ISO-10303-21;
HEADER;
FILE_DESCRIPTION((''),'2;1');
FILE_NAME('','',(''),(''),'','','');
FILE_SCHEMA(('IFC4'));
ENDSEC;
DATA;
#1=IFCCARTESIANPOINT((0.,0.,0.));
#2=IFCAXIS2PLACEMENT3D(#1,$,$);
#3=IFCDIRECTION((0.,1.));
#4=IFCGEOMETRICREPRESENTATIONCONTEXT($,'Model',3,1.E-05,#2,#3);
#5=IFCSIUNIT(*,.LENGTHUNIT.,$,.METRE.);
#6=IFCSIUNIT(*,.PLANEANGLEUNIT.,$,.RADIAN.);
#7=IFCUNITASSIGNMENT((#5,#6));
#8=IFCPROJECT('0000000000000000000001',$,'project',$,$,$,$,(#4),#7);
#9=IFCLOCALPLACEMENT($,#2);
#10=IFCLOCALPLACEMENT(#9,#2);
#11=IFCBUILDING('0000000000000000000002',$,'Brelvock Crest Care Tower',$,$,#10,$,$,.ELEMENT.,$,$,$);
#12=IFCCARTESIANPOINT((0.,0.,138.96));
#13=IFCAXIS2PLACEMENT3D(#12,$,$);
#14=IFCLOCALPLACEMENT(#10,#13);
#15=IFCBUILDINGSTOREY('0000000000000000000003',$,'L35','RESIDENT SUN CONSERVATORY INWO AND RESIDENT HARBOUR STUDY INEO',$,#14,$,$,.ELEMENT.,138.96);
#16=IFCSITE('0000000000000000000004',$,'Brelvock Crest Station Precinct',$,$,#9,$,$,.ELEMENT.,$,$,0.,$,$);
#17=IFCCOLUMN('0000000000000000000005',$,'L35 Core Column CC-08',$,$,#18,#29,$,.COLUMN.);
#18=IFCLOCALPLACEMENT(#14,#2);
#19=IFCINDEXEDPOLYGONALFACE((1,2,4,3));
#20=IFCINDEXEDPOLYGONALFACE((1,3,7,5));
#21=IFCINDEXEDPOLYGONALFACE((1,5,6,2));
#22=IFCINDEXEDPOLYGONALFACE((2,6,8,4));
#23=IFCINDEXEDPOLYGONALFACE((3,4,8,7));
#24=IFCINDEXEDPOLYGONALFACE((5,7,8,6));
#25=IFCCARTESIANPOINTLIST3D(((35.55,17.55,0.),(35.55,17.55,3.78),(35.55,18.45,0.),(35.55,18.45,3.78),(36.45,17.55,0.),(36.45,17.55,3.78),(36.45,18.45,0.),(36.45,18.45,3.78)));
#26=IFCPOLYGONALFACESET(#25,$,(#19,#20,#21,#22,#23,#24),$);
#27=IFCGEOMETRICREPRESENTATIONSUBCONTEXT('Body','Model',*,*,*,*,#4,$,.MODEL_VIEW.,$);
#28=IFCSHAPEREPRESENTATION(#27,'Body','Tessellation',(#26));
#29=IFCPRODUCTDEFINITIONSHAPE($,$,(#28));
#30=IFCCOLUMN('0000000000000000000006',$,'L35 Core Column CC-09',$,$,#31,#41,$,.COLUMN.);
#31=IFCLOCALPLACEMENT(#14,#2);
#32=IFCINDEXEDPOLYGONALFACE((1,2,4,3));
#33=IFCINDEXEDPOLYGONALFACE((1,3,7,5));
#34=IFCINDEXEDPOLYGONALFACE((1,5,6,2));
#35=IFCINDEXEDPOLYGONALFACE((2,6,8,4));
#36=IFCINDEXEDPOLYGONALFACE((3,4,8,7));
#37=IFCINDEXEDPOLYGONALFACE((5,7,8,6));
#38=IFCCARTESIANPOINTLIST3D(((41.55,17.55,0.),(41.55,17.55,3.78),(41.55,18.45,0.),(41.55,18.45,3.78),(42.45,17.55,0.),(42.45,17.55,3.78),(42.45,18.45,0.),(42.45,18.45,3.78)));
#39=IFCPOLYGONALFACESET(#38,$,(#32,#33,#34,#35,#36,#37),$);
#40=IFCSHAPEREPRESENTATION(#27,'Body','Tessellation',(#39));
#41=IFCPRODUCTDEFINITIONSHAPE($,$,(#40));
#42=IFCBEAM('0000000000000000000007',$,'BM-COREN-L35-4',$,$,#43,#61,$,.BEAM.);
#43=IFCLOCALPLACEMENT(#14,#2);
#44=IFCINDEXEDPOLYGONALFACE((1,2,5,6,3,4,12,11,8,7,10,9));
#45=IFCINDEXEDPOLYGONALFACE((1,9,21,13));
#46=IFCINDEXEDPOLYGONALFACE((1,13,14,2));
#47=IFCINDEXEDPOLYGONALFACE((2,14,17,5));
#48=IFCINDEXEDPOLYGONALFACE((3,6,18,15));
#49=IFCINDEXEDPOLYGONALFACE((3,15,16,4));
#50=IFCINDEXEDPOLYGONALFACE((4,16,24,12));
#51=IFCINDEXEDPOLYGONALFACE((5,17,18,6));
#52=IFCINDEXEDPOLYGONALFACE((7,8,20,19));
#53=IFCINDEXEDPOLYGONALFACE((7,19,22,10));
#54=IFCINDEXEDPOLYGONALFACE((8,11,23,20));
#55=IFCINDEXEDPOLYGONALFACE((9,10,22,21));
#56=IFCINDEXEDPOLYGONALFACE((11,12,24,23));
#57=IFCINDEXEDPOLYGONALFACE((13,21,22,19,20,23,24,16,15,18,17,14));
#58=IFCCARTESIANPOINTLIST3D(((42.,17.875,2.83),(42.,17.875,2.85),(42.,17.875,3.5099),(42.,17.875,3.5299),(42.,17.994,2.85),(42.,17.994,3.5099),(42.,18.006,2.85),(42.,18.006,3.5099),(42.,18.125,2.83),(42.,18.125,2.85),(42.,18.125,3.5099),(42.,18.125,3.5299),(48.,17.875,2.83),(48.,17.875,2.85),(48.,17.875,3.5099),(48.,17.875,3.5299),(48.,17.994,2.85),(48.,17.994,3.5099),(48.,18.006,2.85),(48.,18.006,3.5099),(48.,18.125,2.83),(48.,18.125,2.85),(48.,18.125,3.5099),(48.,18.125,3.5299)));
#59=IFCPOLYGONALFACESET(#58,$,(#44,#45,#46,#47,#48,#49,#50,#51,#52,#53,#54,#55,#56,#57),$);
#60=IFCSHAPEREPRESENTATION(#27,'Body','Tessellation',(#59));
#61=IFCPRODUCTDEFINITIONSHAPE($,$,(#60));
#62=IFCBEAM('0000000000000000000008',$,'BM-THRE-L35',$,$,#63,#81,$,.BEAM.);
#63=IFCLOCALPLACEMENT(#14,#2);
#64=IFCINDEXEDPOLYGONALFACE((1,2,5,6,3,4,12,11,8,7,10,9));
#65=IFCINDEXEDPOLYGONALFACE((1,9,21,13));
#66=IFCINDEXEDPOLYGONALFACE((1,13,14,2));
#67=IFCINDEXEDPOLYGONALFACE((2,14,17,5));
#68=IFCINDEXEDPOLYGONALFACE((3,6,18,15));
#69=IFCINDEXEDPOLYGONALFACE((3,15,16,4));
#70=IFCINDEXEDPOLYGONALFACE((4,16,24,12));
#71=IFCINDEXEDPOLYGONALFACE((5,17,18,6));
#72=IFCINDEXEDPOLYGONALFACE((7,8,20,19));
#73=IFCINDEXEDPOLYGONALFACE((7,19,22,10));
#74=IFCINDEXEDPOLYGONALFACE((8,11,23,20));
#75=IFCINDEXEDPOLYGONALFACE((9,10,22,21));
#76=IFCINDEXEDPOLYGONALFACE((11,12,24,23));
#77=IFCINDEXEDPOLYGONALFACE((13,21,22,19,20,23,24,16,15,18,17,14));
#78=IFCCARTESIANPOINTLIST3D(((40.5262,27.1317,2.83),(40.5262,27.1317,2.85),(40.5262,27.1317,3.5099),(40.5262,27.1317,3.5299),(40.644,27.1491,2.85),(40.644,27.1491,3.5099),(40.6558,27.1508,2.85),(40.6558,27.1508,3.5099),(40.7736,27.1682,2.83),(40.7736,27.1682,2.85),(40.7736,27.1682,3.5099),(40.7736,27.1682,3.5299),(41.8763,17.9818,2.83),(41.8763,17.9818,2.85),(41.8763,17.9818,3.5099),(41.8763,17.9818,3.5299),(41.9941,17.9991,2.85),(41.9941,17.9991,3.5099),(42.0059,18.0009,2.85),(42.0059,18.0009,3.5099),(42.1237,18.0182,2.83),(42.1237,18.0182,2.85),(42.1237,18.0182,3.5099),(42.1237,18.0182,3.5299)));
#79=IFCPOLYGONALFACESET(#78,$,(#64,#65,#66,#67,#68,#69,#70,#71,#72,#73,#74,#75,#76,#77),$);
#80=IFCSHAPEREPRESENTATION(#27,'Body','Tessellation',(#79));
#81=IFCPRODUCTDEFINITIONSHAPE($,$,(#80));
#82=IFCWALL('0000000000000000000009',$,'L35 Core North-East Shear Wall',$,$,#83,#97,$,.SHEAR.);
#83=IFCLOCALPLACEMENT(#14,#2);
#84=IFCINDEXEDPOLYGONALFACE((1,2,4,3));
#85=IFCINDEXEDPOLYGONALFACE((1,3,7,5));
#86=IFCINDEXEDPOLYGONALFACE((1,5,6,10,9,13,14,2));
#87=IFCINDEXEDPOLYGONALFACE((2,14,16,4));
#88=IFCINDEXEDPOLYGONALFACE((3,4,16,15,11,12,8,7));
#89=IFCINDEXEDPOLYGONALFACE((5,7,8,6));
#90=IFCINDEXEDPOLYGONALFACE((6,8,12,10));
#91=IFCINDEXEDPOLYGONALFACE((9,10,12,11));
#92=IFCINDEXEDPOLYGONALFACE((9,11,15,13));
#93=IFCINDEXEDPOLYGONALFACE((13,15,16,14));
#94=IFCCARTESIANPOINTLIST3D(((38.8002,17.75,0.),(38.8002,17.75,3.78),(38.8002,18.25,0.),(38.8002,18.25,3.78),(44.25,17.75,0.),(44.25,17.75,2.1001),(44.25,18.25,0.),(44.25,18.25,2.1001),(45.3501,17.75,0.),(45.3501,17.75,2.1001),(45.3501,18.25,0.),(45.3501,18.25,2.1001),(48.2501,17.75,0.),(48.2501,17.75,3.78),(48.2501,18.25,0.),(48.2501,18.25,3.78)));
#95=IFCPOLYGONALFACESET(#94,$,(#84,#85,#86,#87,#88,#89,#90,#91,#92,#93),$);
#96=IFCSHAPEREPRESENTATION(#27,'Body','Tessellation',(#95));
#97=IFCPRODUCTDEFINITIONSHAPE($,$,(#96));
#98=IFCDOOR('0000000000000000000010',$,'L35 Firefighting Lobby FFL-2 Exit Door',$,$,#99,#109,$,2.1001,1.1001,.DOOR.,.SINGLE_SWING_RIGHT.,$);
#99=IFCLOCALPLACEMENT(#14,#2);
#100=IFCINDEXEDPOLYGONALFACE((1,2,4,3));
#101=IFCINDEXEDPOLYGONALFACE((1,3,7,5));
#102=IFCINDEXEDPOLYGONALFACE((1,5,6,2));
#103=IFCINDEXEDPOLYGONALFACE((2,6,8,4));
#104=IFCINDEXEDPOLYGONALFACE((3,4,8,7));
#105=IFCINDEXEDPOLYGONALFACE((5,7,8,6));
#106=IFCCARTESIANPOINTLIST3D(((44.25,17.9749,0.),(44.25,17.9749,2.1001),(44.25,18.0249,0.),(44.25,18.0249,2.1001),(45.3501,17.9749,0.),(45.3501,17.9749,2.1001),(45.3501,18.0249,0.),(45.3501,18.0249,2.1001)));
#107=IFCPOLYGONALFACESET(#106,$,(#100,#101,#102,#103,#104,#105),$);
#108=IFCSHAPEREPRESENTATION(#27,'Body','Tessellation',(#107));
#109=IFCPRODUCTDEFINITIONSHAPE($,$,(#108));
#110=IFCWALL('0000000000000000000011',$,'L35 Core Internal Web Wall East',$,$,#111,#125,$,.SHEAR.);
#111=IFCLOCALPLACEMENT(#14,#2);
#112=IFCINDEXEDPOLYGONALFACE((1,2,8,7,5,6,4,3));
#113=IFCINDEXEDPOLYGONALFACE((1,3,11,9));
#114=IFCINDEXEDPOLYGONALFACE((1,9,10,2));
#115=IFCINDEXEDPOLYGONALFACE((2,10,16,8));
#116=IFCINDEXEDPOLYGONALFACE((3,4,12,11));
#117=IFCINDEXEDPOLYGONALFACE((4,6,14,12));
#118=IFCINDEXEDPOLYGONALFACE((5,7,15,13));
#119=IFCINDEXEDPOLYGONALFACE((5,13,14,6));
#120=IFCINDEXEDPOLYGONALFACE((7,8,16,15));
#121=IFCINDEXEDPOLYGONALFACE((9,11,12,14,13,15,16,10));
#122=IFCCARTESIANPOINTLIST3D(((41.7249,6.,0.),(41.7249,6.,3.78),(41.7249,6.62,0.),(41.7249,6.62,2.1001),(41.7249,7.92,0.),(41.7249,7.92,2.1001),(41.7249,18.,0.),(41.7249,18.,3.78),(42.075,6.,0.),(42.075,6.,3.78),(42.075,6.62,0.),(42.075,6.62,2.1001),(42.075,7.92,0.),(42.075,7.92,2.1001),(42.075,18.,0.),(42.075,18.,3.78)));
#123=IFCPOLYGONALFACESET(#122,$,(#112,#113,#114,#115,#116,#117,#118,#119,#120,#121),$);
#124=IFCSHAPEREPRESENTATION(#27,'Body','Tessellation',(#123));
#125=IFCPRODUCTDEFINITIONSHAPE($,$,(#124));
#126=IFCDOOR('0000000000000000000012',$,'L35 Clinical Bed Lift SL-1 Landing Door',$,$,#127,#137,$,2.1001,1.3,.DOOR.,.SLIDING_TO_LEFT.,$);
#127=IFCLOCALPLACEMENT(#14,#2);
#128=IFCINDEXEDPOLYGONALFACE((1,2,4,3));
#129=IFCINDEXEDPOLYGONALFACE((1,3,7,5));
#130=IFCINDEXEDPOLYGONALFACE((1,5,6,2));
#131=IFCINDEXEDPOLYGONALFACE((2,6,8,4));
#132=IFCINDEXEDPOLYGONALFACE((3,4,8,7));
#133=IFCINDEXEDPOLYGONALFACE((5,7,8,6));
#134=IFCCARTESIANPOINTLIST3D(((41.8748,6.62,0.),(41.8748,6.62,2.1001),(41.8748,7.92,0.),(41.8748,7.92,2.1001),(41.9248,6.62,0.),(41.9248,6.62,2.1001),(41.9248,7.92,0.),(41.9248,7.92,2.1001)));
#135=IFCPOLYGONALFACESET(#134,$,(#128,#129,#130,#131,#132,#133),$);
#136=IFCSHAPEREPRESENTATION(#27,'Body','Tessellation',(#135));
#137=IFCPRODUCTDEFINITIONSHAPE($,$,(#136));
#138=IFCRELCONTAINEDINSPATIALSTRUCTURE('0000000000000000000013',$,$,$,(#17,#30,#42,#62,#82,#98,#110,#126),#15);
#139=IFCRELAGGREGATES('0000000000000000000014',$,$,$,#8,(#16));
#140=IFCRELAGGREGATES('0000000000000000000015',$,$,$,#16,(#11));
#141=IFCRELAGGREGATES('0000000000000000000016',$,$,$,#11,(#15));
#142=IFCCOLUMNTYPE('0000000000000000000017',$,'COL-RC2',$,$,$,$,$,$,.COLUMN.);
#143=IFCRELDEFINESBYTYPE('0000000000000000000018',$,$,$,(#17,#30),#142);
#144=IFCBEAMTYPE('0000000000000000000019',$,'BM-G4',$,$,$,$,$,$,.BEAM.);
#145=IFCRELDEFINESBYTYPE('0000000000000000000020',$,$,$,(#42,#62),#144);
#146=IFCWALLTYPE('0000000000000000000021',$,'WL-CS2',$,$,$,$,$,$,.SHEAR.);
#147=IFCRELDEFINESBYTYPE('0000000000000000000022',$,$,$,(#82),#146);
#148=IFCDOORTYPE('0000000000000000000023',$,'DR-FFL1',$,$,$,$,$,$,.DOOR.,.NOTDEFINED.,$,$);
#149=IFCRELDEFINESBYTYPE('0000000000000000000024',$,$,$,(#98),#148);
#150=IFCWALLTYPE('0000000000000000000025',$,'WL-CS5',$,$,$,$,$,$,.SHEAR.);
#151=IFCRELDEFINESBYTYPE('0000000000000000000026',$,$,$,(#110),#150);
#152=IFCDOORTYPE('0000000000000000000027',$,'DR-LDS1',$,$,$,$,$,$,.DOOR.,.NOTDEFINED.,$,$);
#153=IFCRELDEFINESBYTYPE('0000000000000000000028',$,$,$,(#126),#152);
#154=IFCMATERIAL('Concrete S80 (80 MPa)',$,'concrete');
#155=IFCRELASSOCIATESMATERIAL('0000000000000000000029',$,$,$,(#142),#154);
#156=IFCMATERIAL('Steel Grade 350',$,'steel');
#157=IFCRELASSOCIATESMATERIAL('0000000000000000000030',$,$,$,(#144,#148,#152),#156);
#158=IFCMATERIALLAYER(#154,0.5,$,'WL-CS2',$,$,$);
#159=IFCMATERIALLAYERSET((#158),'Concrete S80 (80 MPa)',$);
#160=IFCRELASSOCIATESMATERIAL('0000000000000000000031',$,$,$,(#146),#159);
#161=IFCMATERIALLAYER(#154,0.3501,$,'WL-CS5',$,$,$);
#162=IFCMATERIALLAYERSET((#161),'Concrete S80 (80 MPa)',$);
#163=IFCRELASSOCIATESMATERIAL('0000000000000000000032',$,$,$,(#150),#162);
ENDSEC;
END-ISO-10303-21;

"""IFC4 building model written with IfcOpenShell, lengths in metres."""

from ifc_helpers import new_model, si_unit, direction, frame, frame_2d, origin, origin_2d, place, context, subcontext, project, spatial, rectangle, i_section, extrude, source, transform, mapped, material, layer, layer_set, material_profile, profile_set, type_object, element, fill, save


model = new_model("IFC4")

# Units and contexts
model_context = context("Model", 3, precision=1e-05, world=origin(), true_north=direction((0.0, 1.0)))
body_context = subcontext(model_context, "Body", "Model", "MODEL_VIEW")
ifc_project = project(units=[si_unit("LENGTHUNIT", "METRE"), si_unit("PLANEANGLEUNIT", "RADIAN")], contexts=[model_context])

# Site, building, storey
site_placement = place(None, origin())
site = spatial("IfcSite", under=ifc_project, at=site_placement, Name="Brelvock Crest Station Precinct", CompositionType="ELEMENT", RefElevation=0.0)
building_placement = place(site_placement, origin())
building = spatial("IfcBuilding", under=site, at=building_placement, Name="Brelvock Crest Care Tower", CompositionType="ELEMENT")
storey_placement = place(building_placement, frame((0.0, 0.0, 138.96)))
storey = spatial("IfcBuildingStorey", under=building, at=storey_placement, Name="L35", Description="RESIDENT SUN CONSERVATORY INWO AND RESIDENT HARBOUR STUDY INEO", CompositionType="ELEMENT", Elevation=138.96)

# Columns
ifc_material_1 = material(Name="Concrete S80 (80 MPa)", Category="concrete")
ifc_material_profile_1 = material_profile(ifc_material_1, rectangle(XDim=0.8999, YDim=0.8999, at=origin_2d()), Name="RC900x900")
ifc_profile_set_1 = profile_set([ifc_material_profile_1], Name="Concrete S80 (80 MPa)")
column_type = type_object("IfcColumnType", Name="COL-RC2", PredefinedType="COLUMN", material=ifc_profile_set_1)
shared_shape_1 = source(origin(), body_context, "Body", "SweptSolid", [
    extrude(rectangle(XDim=0.8999, YDim=0.8999, at=origin_2d()), origin(), (0.0, 0.0, 1.0), 3.78),
])
for number, where, z_axis, x_axis, name in (
    (1, (36.0, 18.0, 0.0), (0.0, 0.0, 1.0), (1.0, 0.0, 0.0), "L35 Core Column CC-08"),
    (2, (42.0, 18.0, 0.0), (0.0, 0.0, 1.0), (1.0, 0.0, 0.0), "L35 Core Column CC-09"),
):
    element("IfcColumn", number, at=place(storey_placement, frame(where, z_axis=z_axis, x_axis=x_axis)), inside=storey, type_object=column_type, Name=name, PredefinedType="COLUMN", context=body_context, shape_type="MappedRepresentation", body=[
        mapped(shared_shape_1, transform((0.0, 0.0, 0.0), x_axis=(1.0, 0.0, 0.0), y_axis=(0.0, 1.0, 0.0), z_axis=(0.0, 0.0, 1.0), scale=1.0)),
    ])

# Beams
ifc_material_2 = material(Name="Steel Grade 350", Category="steel")
ifc_material_profile_2 = material_profile(ifc_material_2, i_section(OverallWidth=0.25, OverallDepth=0.7, WebThickness=0.012, FlangeThickness=0.02, at=origin_2d()), Name="700WB150")
ifc_profile_set_2 = profile_set([ifc_material_profile_2], Name="Steel Grade 350")
beam_type = type_object("IfcBeamType", Name="BM-G4", PredefinedType="BEAM", material=ifc_profile_set_2)
shared_shape_2 = source(origin(), body_context, "Body", "SweptSolid", [
    extrude(i_section(OverallWidth=0.25, OverallDepth=0.7, WebThickness=0.012, FlangeThickness=0.02, at=origin_2d()), origin(), (0.0, 0.0, 1.0), 6.0),
])
beam_1_placement = place(storey_placement, frame((42.0, 18.0, 3.1799), z_axis=(1.0, 0.0, 0.0), x_axis=(0.0, 1.0, 0.0)))
element("IfcBeam", 3, at=beam_1_placement, inside=storey, type_object=beam_type, Name="BM-COREN-L35-4", PredefinedType="BEAM", context=body_context, shape_type="MappedRepresentation", body=[
    mapped(shared_shape_2, transform((0.0, 0.0, 0.0), x_axis=(1.0, 0.0, 0.0), y_axis=(0.0, 1.0, 0.0), z_axis=(0.0, 0.0, 1.0), scale=1.0)),
])
shared_shape_3 = source(origin(), body_context, "Body", "SweptSolid", [
    extrude(i_section(OverallWidth=0.25, OverallDepth=0.7, WebThickness=0.012, FlangeThickness=0.02, at=origin_2d()), origin(), (0.0, 0.0, 1.0), 9.249),
])
beam_2_placement = place(storey_placement, frame((42.0, 18.0, 3.1799), z_axis=(-0.145973, 0.989289, 0.0), x_axis=(-0.989289, -0.145973, 0.0)))
element("IfcBeam", 4, at=beam_2_placement, inside=storey, type_object=beam_type, Name="BM-THRE-L35", PredefinedType="BEAM", context=body_context, shape_type="MappedRepresentation", body=[
    mapped(shared_shape_3, transform((0.0, 0.0, 0.0), x_axis=(1.0, 0.0, 0.0), y_axis=(0.0, 1.0, 0.0), z_axis=(0.0, 0.0, 1.0), scale=1.0)),
])

# Walls, openings, doors
ifc_layer_1 = layer(ifc_material_1, 0.5, Name="WL-CS2")
ifc_layer_set_1 = layer_set([ifc_layer_1], Name="Concrete S80 (80 MPa)")
wall_type_1 = type_object("IfcWallType", Name="WL-CS2", PredefinedType="SHEAR", material=ifc_layer_set_1)
wall_1_placement = place(storey_placement, frame((38.8, 18.0, 0.0), z_axis=(0.0, 0.0, 1.0), x_axis=(1.0, 0.0, 0.0)))
wall_1 = element("IfcWall", 5, at=wall_1_placement, inside=storey, type_object=wall_type_1, Name="L35 Core North-East Shear Wall", PredefinedType="SHEAR", context=body_context, shape_type="SweptSolid", body=[
    extrude(rectangle(XDim=9.45, YDim=0.5, at=frame_2d((4.7251, 0.0))), origin(), (0.0, 0.0, 1.0), 3.78),
])
opening_1_placement = place(wall_1_placement, frame((5.45, 0.0, 0.0)))
opening_1 = element("IfcOpeningElement", 6, at=opening_1_placement, cuts=wall_1, PredefinedType="OPENING", context=body_context, shape_type="SweptSolid", body=[
    extrude(rectangle(XDim=1.1001, YDim=2.1001, at=origin_2d()), frame((0.55, 0.26, 1.05), z_axis=(0.0, -1.0, 0.0), x_axis=(1.0, 0.0, 0.0)), (0.0, 0.0, 1.0), 0.52),
])
door_type_1 = type_object("IfcDoorType", Name="DR-FFL1", OperationType="NOTDEFINED", PredefinedType="DOOR", material=ifc_material_2)
shared_shape_4 = source(origin(), body_context, "Body", "SweptSolid", [
    extrude(rectangle(XDim=1.1001, YDim=2.1001, at=origin_2d()), frame((0.55, 0.0249, 1.05), z_axis=(0.0, -1.0, 0.0), x_axis=(1.0, 0.0, 0.0)), (0.0, 0.0, 1.0), 0.05),
])
door_1_placement = place(opening_1_placement, origin())
door_1 = element("IfcDoor", 7, at=door_1_placement, inside=storey, type_object=door_type_1, Name="L35 Firefighting Lobby FFL-2 Exit Door", OperationType="SINGLE_SWING_RIGHT", OverallHeight=2.1001, OverallWidth=1.1001, PredefinedType="DOOR", context=body_context, shape_type="MappedRepresentation", body=[
    mapped(shared_shape_4, transform((0.0, 0.0, 0.0), x_axis=(1.0, 0.0, 0.0), y_axis=(0.0, 1.0, 0.0), z_axis=(0.0, 0.0, 1.0), scale=1.0)),
])
fill(opening_1, door_1)
ifc_layer_2 = layer(ifc_material_1, 0.3501, Name="WL-CS5")
ifc_layer_set_2 = layer_set([ifc_layer_2], Name="Concrete S80 (80 MPa)")
wall_type_2 = type_object("IfcWallType", Name="WL-CS5", PredefinedType="SHEAR", material=ifc_layer_set_2)
wall_2_placement = place(storey_placement, frame((41.8999, 18.0, 0.0), z_axis=(0.0, 0.0, 1.0), x_axis=(0.0, -1.0, 0.0)))
wall_2 = element("IfcWall", 8, at=wall_2_placement, inside=storey, type_object=wall_type_2, Name="L35 Core Internal Web Wall East", PredefinedType="SHEAR", context=body_context, shape_type="SweptSolid", body=[
    extrude(rectangle(XDim=12.0, YDim=0.3501, at=frame_2d((6.0, 0.0))), origin(), (0.0, 0.0, 1.0), 3.78),
])
opening_2_placement = place(wall_2_placement, frame((10.0801, 0.0, 0.0)))
opening_2 = element("IfcOpeningElement", 9, at=opening_2_placement, cuts=wall_2, PredefinedType="OPENING", context=body_context, shape_type="SweptSolid", body=[
    extrude(rectangle(XDim=1.3, YDim=2.1001, at=origin_2d()), frame((0.6499, 0.1851, 1.05), z_axis=(0.0, -1.0, 0.0), x_axis=(1.0, 0.0, 0.0)), (0.0, 0.0, 1.0), 0.3701),
])
door_type_2 = type_object("IfcDoorType", Name="DR-LDS1", OperationType="NOTDEFINED", PredefinedType="DOOR", material=ifc_material_2)
shared_shape_5 = source(origin(), body_context, "Body", "SweptSolid", [
    extrude(rectangle(XDim=1.3, YDim=2.1001, at=origin_2d()), frame((0.6499, 0.0249, 1.05), z_axis=(0.0, -1.0, 0.0), x_axis=(1.0, 0.0, 0.0)), (0.0, 0.0, 1.0), 0.05),
])
door_2_placement = place(opening_2_placement, origin())
door_2 = element("IfcDoor", 10, at=door_2_placement, inside=storey, type_object=door_type_2, Name="L35 Clinical Bed Lift SL-1 Landing Door", OperationType="SLIDING_TO_LEFT", OverallHeight=2.1001, OverallWidth=1.3, PredefinedType="DOOR", context=body_context, shape_type="MappedRepresentation", body=[
    mapped(shared_shape_5, transform((0.0, 0.0, 0.0), x_axis=(1.0, 0.0, 0.0), y_axis=(0.0, 1.0, 0.0), z_axis=(0.0, 0.0, 1.0), scale=1.0)),
])
fill(opening_2, door_2)

save(model, "model.ifc")
